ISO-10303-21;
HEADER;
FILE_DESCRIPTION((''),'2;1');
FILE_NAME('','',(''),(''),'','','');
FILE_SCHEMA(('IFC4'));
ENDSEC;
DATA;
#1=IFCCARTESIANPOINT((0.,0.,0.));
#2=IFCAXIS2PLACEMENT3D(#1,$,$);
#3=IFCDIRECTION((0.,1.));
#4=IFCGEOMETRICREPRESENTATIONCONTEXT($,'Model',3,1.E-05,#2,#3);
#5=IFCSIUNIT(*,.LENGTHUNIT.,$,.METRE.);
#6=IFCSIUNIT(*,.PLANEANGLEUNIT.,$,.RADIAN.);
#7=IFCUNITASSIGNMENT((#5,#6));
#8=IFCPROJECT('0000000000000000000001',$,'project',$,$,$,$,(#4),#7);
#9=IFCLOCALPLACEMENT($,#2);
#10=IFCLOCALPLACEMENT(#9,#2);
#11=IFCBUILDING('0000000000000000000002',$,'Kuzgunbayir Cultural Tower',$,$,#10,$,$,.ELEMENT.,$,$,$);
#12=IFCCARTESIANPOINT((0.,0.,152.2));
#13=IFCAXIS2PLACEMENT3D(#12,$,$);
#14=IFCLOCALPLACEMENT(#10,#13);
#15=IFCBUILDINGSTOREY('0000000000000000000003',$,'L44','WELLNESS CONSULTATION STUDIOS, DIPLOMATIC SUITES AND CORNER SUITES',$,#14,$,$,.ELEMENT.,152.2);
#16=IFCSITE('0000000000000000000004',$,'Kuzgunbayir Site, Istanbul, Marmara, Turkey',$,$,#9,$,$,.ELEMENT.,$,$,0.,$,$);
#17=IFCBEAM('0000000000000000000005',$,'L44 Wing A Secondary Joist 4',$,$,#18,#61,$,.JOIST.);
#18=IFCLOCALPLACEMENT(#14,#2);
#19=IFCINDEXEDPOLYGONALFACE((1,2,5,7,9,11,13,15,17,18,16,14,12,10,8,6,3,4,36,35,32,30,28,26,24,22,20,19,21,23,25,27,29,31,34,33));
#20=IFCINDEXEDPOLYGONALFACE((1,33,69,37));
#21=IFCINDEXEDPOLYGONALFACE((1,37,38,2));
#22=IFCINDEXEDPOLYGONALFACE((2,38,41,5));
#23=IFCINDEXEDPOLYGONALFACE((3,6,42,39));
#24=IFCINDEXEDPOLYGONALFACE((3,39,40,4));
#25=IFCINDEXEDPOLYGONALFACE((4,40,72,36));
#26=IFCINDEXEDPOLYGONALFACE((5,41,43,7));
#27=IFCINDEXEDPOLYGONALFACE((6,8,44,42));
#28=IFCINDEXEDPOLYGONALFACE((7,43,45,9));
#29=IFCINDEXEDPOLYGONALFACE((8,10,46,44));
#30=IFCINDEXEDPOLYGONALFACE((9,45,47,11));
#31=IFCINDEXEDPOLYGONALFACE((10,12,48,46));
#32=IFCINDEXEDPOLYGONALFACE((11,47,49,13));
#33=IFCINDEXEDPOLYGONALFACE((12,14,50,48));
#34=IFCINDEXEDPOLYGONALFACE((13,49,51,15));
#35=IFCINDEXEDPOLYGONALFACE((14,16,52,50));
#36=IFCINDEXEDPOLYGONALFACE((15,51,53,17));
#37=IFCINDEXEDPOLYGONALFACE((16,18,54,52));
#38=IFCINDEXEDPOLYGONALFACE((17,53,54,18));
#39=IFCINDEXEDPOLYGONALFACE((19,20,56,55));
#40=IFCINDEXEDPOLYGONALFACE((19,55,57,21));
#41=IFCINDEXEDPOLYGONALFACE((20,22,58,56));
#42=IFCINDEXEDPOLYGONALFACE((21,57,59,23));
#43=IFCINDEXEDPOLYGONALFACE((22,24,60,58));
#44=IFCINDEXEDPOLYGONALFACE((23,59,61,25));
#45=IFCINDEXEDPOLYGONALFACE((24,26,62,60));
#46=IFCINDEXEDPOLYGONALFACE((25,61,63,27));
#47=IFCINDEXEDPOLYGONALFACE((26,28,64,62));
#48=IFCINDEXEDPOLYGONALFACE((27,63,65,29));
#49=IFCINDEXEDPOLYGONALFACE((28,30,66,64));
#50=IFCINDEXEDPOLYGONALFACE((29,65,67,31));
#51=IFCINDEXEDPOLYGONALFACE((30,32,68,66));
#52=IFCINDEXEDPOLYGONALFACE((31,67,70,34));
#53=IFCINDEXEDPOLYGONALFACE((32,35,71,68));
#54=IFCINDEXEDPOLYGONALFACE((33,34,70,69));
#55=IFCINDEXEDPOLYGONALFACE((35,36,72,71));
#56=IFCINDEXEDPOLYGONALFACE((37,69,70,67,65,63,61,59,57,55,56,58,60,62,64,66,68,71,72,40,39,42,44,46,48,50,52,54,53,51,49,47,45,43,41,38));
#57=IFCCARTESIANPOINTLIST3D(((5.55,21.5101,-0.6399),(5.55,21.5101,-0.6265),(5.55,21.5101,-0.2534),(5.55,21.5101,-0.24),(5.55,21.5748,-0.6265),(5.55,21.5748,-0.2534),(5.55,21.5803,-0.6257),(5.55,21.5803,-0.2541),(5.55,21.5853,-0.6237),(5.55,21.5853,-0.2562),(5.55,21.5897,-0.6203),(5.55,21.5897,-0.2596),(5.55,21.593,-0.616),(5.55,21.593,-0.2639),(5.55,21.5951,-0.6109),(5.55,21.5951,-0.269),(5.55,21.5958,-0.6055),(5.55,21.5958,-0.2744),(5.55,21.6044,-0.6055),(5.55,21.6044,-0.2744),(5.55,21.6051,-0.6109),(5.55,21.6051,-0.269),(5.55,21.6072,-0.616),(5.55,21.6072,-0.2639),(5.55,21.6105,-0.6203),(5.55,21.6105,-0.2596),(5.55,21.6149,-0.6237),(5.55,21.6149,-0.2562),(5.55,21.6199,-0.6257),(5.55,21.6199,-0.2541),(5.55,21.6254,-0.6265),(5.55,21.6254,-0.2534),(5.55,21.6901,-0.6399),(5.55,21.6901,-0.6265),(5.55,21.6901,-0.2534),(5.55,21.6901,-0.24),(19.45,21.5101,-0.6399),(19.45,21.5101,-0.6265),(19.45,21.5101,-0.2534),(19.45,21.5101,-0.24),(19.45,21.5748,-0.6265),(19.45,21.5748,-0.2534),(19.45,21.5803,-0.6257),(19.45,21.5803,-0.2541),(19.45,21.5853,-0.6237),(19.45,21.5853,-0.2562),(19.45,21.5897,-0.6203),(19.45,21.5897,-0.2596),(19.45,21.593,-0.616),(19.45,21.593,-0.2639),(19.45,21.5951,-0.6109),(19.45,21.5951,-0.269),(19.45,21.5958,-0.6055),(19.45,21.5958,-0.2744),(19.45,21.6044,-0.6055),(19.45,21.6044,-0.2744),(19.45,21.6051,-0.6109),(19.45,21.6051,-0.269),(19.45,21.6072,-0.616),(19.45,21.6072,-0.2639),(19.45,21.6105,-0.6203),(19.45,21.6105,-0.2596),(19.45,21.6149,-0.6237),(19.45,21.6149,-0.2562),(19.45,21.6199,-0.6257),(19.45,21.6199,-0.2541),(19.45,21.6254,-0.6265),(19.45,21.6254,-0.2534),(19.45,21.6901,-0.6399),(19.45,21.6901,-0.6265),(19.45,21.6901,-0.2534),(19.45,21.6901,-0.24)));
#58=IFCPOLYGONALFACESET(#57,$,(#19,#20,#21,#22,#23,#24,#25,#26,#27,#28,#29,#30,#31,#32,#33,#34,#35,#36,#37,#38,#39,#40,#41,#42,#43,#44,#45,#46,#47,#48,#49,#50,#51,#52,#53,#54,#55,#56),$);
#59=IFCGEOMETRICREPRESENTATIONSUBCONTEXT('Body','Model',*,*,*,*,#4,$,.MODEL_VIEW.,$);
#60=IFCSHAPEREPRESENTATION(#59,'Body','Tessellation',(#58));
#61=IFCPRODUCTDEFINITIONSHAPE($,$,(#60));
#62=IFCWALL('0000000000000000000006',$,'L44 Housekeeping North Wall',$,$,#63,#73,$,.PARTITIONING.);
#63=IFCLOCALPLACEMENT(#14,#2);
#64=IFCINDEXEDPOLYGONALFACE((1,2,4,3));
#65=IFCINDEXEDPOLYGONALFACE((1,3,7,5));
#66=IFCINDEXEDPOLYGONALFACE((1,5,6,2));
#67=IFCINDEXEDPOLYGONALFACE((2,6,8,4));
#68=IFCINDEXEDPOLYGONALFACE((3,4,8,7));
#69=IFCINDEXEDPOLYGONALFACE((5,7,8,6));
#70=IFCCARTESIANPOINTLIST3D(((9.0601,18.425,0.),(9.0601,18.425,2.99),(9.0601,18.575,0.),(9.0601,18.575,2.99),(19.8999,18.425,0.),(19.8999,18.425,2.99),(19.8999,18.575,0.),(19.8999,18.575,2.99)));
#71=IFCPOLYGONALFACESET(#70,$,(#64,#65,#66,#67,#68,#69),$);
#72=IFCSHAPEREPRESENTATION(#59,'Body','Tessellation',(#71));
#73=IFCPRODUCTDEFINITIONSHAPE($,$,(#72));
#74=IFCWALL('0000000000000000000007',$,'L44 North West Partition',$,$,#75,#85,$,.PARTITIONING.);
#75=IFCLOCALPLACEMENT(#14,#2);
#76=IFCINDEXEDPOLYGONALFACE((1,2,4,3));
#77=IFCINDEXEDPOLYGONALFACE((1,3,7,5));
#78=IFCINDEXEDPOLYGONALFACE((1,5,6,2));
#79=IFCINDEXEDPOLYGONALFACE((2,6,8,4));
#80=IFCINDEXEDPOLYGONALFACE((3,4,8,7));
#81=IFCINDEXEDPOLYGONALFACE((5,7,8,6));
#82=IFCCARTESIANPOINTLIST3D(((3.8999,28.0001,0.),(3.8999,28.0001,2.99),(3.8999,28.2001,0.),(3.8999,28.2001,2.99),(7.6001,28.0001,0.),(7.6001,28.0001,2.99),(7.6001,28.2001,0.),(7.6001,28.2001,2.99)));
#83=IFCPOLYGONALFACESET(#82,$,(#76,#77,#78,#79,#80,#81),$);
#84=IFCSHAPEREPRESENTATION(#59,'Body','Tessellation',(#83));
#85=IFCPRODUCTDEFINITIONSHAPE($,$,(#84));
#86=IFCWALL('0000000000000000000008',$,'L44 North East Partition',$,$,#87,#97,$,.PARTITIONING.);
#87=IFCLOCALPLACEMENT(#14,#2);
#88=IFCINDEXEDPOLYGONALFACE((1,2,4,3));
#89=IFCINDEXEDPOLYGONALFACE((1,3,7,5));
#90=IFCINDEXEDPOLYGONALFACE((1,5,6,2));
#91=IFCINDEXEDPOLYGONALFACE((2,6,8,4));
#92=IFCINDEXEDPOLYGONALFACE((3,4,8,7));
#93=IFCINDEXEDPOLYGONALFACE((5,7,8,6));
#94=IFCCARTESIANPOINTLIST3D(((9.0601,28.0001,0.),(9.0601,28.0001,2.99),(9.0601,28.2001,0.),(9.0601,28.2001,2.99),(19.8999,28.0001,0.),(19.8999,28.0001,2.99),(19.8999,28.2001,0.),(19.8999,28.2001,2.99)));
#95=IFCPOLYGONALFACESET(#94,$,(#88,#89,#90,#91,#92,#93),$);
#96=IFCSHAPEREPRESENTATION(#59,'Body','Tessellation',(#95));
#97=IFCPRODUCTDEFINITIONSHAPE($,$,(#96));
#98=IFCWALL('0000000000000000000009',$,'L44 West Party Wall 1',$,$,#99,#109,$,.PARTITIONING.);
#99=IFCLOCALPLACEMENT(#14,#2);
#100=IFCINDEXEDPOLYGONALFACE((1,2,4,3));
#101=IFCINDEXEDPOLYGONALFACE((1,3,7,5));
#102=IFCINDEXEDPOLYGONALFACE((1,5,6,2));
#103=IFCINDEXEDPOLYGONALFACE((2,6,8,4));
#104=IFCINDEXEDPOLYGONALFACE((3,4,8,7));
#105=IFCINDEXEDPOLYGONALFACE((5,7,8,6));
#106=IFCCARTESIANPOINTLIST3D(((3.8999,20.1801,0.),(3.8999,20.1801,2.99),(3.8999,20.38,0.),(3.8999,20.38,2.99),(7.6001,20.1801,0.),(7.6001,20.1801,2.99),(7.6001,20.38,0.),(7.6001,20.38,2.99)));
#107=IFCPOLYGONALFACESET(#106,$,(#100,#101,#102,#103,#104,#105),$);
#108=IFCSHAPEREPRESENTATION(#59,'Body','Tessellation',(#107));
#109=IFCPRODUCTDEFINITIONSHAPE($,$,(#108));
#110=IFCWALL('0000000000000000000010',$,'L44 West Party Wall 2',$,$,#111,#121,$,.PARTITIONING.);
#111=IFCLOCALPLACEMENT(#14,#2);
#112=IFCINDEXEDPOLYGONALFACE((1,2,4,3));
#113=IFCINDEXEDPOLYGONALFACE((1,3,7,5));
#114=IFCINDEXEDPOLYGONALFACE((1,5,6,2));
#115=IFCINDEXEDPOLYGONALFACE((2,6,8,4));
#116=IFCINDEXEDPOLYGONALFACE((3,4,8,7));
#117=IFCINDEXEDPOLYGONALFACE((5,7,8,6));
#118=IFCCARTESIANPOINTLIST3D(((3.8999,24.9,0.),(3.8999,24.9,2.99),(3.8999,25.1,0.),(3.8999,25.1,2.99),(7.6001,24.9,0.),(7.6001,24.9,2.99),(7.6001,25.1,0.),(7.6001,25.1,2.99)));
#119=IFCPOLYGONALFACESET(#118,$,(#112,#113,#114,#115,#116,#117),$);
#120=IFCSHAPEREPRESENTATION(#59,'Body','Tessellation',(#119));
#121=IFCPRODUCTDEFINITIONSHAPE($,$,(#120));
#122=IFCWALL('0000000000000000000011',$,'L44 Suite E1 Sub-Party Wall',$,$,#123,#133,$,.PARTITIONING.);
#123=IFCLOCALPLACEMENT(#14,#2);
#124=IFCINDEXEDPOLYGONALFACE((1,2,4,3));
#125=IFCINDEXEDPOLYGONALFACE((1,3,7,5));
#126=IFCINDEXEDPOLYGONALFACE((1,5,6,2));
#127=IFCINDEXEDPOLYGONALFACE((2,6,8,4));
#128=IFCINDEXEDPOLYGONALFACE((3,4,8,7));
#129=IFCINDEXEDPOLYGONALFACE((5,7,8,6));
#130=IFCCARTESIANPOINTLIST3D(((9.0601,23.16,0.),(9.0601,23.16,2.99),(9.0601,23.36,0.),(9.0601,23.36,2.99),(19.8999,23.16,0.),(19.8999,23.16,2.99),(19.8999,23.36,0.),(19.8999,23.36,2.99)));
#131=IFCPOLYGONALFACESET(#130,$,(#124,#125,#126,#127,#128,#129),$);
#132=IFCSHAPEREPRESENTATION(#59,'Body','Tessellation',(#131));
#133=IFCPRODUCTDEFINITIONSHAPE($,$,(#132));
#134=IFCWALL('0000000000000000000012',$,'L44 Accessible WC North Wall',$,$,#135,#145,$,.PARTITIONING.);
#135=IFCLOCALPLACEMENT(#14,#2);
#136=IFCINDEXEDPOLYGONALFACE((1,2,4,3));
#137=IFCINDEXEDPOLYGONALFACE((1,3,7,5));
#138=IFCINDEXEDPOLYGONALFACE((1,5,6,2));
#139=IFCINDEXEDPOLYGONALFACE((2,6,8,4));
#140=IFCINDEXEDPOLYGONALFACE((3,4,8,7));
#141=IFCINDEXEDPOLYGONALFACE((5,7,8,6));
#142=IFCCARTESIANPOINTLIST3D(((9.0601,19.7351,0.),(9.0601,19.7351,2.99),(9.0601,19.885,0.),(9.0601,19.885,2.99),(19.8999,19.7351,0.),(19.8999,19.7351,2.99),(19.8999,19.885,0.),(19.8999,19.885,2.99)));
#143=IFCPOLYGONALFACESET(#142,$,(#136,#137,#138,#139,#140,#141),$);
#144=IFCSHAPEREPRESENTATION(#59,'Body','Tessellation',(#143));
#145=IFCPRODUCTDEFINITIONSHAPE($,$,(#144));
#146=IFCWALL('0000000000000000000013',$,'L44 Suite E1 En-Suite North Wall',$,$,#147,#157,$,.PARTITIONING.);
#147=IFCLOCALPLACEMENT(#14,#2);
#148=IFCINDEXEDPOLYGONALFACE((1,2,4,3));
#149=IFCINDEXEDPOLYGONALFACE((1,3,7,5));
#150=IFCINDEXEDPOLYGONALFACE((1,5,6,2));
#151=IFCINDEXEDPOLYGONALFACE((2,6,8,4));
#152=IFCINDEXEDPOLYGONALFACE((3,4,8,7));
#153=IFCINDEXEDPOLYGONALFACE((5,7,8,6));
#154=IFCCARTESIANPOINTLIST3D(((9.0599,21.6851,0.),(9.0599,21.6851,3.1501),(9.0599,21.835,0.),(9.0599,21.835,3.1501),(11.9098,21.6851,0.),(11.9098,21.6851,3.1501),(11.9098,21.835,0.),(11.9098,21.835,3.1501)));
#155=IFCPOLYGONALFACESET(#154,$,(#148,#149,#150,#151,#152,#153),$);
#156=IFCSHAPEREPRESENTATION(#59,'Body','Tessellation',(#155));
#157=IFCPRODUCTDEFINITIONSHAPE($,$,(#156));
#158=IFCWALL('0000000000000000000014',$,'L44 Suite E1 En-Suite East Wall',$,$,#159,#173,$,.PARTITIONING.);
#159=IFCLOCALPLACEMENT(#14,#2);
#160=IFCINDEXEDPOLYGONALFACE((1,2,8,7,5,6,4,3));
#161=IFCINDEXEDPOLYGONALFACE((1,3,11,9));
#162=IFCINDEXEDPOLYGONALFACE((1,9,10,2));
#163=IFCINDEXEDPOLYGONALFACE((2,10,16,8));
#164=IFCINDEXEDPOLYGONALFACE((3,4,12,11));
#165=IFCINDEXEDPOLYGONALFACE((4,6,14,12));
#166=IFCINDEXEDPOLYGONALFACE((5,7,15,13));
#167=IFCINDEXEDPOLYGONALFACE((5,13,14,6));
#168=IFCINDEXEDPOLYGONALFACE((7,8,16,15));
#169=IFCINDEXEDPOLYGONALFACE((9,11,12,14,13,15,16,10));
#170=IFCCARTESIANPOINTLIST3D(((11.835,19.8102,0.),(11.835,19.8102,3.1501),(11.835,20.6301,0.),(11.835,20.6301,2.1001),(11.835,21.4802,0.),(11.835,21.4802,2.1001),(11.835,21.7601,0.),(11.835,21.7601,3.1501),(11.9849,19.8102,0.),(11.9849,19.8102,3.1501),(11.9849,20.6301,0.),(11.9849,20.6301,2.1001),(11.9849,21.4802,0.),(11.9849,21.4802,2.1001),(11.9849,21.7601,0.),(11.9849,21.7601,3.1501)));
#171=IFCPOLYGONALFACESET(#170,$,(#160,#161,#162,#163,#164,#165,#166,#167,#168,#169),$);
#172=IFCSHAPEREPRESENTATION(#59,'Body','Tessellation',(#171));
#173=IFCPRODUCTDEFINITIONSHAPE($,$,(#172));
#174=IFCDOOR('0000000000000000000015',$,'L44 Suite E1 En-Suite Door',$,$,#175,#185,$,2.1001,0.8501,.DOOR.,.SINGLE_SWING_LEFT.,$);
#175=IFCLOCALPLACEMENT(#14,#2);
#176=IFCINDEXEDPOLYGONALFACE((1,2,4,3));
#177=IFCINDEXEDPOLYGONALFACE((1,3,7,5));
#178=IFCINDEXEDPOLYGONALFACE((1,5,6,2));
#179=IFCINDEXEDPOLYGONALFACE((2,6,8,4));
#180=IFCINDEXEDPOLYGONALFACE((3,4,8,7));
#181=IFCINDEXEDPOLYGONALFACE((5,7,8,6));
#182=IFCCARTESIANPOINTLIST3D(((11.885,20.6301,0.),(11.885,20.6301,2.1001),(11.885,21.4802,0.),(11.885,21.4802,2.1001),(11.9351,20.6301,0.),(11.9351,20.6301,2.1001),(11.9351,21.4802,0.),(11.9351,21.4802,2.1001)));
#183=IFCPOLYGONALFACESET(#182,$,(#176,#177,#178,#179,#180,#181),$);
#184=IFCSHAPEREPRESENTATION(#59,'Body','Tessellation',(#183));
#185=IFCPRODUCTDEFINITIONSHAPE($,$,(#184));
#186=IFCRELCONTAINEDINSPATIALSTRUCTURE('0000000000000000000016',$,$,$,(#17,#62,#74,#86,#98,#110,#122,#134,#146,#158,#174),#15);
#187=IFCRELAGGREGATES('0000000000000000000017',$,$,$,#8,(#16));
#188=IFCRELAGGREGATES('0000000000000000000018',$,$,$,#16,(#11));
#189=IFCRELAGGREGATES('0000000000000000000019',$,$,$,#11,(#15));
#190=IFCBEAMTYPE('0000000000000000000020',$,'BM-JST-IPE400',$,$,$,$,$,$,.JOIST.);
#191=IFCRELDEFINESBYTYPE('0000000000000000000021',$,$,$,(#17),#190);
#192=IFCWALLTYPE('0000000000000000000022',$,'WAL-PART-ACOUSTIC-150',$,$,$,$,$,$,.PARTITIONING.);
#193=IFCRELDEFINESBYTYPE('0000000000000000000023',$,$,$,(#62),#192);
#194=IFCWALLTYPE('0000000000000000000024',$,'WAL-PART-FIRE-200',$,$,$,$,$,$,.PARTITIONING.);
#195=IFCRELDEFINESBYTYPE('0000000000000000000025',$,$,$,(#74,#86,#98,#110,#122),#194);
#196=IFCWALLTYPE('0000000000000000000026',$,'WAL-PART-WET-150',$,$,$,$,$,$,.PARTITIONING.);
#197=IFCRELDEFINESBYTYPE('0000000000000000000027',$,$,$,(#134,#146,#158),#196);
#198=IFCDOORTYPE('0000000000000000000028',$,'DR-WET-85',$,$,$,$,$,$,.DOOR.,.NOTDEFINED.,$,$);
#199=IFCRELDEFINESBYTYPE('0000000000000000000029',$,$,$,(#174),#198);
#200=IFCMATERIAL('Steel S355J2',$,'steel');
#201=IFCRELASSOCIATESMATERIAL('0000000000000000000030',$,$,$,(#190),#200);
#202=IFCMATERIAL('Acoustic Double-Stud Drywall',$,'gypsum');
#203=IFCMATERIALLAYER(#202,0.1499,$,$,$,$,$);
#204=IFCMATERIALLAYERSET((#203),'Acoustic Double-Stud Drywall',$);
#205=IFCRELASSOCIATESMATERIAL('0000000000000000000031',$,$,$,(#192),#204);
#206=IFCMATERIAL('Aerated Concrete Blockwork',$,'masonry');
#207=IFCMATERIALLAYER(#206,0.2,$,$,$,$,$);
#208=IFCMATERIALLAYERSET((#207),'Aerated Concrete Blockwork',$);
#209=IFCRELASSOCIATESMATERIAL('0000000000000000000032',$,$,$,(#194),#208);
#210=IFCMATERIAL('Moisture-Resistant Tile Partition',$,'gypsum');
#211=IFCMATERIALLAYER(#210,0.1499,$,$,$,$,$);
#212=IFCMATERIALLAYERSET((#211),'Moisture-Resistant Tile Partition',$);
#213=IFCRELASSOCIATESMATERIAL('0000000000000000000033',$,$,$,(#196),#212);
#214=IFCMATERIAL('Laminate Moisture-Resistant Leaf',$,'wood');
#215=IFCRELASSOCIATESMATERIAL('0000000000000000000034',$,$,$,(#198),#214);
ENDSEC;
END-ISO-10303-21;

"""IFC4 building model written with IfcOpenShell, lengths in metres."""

from ifc_helpers import new_model, si_unit, direction, frame, frame_2d, origin, origin_2d, place, context, subcontext, project, spatial, rectangle, i_section, extrude, material, layer, layer_set, material_profile, profile_set, type_object, element, fill, save


model = new_model("IFC4")

# Units and contexts
model_context = context("Model", 3, precision=1e-05, world=origin(), true_north=direction((0.0, 1.0)))
body_context = subcontext(model_context, "Body", "Model", "MODEL_VIEW")
ifc_project = project(units=[si_unit("LENGTHUNIT", "METRE"), si_unit("PLANEANGLEUNIT", "RADIAN")], contexts=[model_context])

# Site, building, storey
site_placement = place(None, origin())
site = spatial("IfcSite", under=ifc_project, at=site_placement, Name="Kuzgunbayir Site, Istanbul, Marmara, Turkey", CompositionType="ELEMENT", RefElevation=0.0)
building_placement = place(site_placement, origin())
building = spatial("IfcBuilding", under=site, at=building_placement, Name="Kuzgunbayir Cultural Tower", CompositionType="ELEMENT")
storey_placement = place(building_placement, frame((0.0, 0.0, 152.2)))
storey = spatial("IfcBuildingStorey", under=building, at=storey_placement, Name="L44", Description="WELLNESS CONSULTATION STUDIOS, DIPLOMATIC SUITES AND CORNER SUITES", CompositionType="ELEMENT", Elevation=152.2)

# Beam
ifc_material_1 = material(Name="Steel S355J2", Category="steel")
ifc_material_profile_1 = material_profile(ifc_material_1, i_section(OverallWidth=0.1799, OverallDepth=0.3999, WebThickness=0.0085, FlangeThickness=0.0134, FilletRadius=0.021, at=origin_2d()), Name="IPE 400")
ifc_profile_set_1 = profile_set([ifc_material_profile_1], Name="Steel S355J2")
beam_type_1 = type_object("IfcBeamType", Name="BM-JST-IPE400", PredefinedType="JOIST", material=ifc_profile_set_1)
for number, where, z_axis, x_axis, name in (
    (1, (5.55, 21.6001, -0.4399), (1.0, 0.0, 0.0), (0.0, 1.0, 0.0), "L44 Wing A Secondary Joist 4"),
):
    element("IfcBeam", number, at=place(storey_placement, frame(where, z_axis=z_axis, x_axis=x_axis)), inside=storey, type_object=beam_type_1, Name=name, PredefinedType="JOIST", context=body_context, shape_type="SweptSolid", body=[
        extrude(i_section(OverallWidth=0.1799, OverallDepth=0.3999, WebThickness=0.0085, FlangeThickness=0.0134, FilletRadius=0.021, at=origin_2d()), origin(), (0.0, 0.0, 1.0), 13.8999),
    ])

# Walls
ifc_material_2 = material(Name="Acoustic Double-Stud Drywall", Category="gypsum")
ifc_layer_1 = layer(ifc_material_2, 0.1499)
ifc_layer_set_1 = layer_set([ifc_layer_1], Name="Acoustic Double-Stud Drywall")
wall_type_1 = type_object("IfcWallType", Name="WAL-PART-ACOUSTIC-150", PredefinedType="PARTITIONING", material=ifc_layer_set_1)
wall_1_placement = place(storey_placement, frame((9.0601, 18.5, 0.0), z_axis=(0.0, 0.0, 1.0), x_axis=(1.0, 0.0, 0.0)))
element("IfcWall", 2, at=wall_1_placement, inside=storey, type_object=wall_type_1, Name="L44 Housekeeping North Wall", PredefinedType="PARTITIONING", context=body_context, shape_type="SweptSolid", body=[
    extrude(rectangle(XDim=10.8398, YDim=0.1499, at=frame_2d((5.4199, 0.0))), origin(), (0.0, 0.0, 1.0), 2.99),
])
ifc_material_3 = material(Name="Aerated Concrete Blockwork", Category="masonry")
ifc_layer_2 = layer(ifc_material_3, 0.2)
ifc_layer_set_2 = layer_set([ifc_layer_2], Name="Aerated Concrete Blockwork")
wall_type_2 = type_object("IfcWallType", Name="WAL-PART-FIRE-200", PredefinedType="PARTITIONING", material=ifc_layer_set_2)
wall_2_placement = place(storey_placement, frame((3.8999, 28.1001, 0.0), z_axis=(0.0, 0.0, 1.0), x_axis=(1.0, 0.0, 0.0)))
element("IfcWall", 3, at=wall_2_placement, inside=storey, type_object=wall_type_2, Name="L44 North West Partition", PredefinedType="PARTITIONING", context=body_context, shape_type="SweptSolid", body=[
    extrude(rectangle(XDim=3.7002, YDim=0.2, at=frame_2d((1.8501, 0.0))), origin(), (0.0, 0.0, 1.0), 2.99),
])
wall_3_placement = place(storey_placement, frame((9.0601, 28.1001, 0.0), z_axis=(0.0, 0.0, 1.0), x_axis=(1.0, 0.0, 0.0)))
element("IfcWall", 4, at=wall_3_placement, inside=storey, type_object=wall_type_2, Name="L44 North East Partition", PredefinedType="PARTITIONING", context=body_context, shape_type="SweptSolid", body=[
    extrude(rectangle(XDim=10.8398, YDim=0.2, at=frame_2d((5.4199, 0.0))), origin(), (0.0, 0.0, 1.0), 2.99),
])
for number, where, z_axis, x_axis, name in (
    (5, (3.8999, 20.28, 0.0), (0.0, 0.0, 1.0), (1.0, 0.0, 0.0), "L44 West Party Wall 1"),
    (6, (3.8999, 25.0, 0.0), (0.0, 0.0, 1.0), (1.0, 0.0, 0.0), "L44 West Party Wall 2"),
):
    element("IfcWall", number, at=place(storey_placement, frame(where, z_axis=z_axis, x_axis=x_axis)), inside=storey, type_object=wall_type_2, Name=name, PredefinedType="PARTITIONING", context=body_context, shape_type="SweptSolid", body=[
        extrude(rectangle(XDim=3.7002, YDim=0.2, at=frame_2d((1.8501, 0.0))), origin(), (0.0, 0.0, 1.0), 2.99),
    ])
wall_4_placement = place(storey_placement, frame((9.0601, 23.26, 0.0), z_axis=(0.0, 0.0, 1.0), x_axis=(1.0, 0.0, 0.0)))
element("IfcWall", 7, at=wall_4_placement, inside=storey, type_object=wall_type_2, Name="L44 Suite E1 Sub-Party Wall", PredefinedType="PARTITIONING", context=body_context, shape_type="SweptSolid", body=[
    extrude(rectangle(XDim=10.8398, YDim=0.2, at=frame_2d((5.4199, 0.0))), origin(), (0.0, 0.0, 1.0), 2.99),
])
ifc_material_4 = material(Name="Moisture-Resistant Tile Partition", Category="gypsum")
ifc_layer_3 = layer(ifc_material_4, 0.1499)
ifc_layer_set_3 = layer_set([ifc_layer_3], Name="Moisture-Resistant Tile Partition")
wall_type_3 = type_object("IfcWallType", Name="WAL-PART-WET-150", PredefinedType="PARTITIONING", material=ifc_layer_set_3)
wall_5_placement = place(storey_placement, frame((9.0601, 19.8101, 0.0), z_axis=(0.0, 0.0, 1.0), x_axis=(1.0, 0.0, 0.0)))
element("IfcWall", 8, at=wall_5_placement, inside=storey, type_object=wall_type_3, Name="L44 Accessible WC North Wall", PredefinedType="PARTITIONING", context=body_context, shape_type="SweptSolid", body=[
    extrude(rectangle(XDim=10.8398, YDim=0.1499, at=frame_2d((5.4199, 0.0))), origin(), (0.0, 0.0, 1.0), 2.99),
])
wall_6_placement = place(storey_placement, frame((9.0601, 21.76, 0.0), z_axis=(0.0, 0.0, 1.0), x_axis=(1.0, 0.0, 0.0)))
element("IfcWall", 9, at=wall_6_placement, inside=storey, type_object=wall_type_3, Name="L44 Suite E1 En-Suite North Wall", PredefinedType="PARTITIONING", context=body_context, shape_type="SweptSolid", body=[
    extrude(rectangle(XDim=2.8499, YDim=0.1499, at=frame_2d((1.4248, 0.0))), origin(), (0.0, 0.0, 1.0), 3.1501),
])

# Wall, opening, door
wall_7_placement = place(storey_placement, frame((11.9099, 19.8101, 0.0), z_axis=(0.0, 0.0, 1.0), x_axis=(0.0, 1.0, 0.0)))
wall_7 = element("IfcWall", 10, at=wall_7_placement, inside=storey, type_object=wall_type_3, Name="L44 Suite E1 En-Suite East Wall", PredefinedType="PARTITIONING", context=body_context, shape_type="SweptSolid", body=[
    extrude(rectangle(XDim=1.95, YDim=0.1499, at=frame_2d((0.9751, 0.0))), origin(), (0.0, 0.0, 1.0), 3.1501),
])
opening_placement = place(wall_7_placement, frame((0.8201, 0.0, 0.0)))
opening = element("IfcOpeningElement", 11, at=opening_placement, cuts=wall_7, PredefinedType="OPENING", context=body_context, shape_type="SweptSolid", body=[
    extrude(rectangle(XDim=0.8501, YDim=2.1001, at=frame_2d((0.425, 1.05))), frame((0.0, 0.085, 0.0), z_axis=(0.0, -1.0, 0.0), x_axis=(1.0, 0.0, 0.0)), (0.0, 0.0, 1.0), 0.1699),
])
ifc_material_5 = material(Name="Laminate Moisture-Resistant Leaf", Category="wood")
door_type = type_object("IfcDoorType", Name="DR-WET-85", OperationType="NOTDEFINED", PredefinedType="DOOR", material=ifc_material_5)
door_placement = place(opening_placement, origin())
door = element("IfcDoor", 12, at=door_placement, inside=storey, type_object=door_type, Name="L44 Suite E1 En-Suite Door", OperationType="SINGLE_SWING_LEFT", OverallHeight=2.1001, OverallWidth=0.8501, PredefinedType="DOOR", context=body_context, shape_type="SweptSolid", body=[
    extrude(rectangle(XDim=0.8501, YDim=2.1001, at=frame_2d((0.425, 1.05))), frame((0.0, 0.0249, 0.0), z_axis=(0.0, -1.0, 0.0), x_axis=(1.0, 0.0, 0.0)), (0.0, 0.0, 1.0), 0.05),
])
fill(opening, door)

save(model, "model.ifc")
